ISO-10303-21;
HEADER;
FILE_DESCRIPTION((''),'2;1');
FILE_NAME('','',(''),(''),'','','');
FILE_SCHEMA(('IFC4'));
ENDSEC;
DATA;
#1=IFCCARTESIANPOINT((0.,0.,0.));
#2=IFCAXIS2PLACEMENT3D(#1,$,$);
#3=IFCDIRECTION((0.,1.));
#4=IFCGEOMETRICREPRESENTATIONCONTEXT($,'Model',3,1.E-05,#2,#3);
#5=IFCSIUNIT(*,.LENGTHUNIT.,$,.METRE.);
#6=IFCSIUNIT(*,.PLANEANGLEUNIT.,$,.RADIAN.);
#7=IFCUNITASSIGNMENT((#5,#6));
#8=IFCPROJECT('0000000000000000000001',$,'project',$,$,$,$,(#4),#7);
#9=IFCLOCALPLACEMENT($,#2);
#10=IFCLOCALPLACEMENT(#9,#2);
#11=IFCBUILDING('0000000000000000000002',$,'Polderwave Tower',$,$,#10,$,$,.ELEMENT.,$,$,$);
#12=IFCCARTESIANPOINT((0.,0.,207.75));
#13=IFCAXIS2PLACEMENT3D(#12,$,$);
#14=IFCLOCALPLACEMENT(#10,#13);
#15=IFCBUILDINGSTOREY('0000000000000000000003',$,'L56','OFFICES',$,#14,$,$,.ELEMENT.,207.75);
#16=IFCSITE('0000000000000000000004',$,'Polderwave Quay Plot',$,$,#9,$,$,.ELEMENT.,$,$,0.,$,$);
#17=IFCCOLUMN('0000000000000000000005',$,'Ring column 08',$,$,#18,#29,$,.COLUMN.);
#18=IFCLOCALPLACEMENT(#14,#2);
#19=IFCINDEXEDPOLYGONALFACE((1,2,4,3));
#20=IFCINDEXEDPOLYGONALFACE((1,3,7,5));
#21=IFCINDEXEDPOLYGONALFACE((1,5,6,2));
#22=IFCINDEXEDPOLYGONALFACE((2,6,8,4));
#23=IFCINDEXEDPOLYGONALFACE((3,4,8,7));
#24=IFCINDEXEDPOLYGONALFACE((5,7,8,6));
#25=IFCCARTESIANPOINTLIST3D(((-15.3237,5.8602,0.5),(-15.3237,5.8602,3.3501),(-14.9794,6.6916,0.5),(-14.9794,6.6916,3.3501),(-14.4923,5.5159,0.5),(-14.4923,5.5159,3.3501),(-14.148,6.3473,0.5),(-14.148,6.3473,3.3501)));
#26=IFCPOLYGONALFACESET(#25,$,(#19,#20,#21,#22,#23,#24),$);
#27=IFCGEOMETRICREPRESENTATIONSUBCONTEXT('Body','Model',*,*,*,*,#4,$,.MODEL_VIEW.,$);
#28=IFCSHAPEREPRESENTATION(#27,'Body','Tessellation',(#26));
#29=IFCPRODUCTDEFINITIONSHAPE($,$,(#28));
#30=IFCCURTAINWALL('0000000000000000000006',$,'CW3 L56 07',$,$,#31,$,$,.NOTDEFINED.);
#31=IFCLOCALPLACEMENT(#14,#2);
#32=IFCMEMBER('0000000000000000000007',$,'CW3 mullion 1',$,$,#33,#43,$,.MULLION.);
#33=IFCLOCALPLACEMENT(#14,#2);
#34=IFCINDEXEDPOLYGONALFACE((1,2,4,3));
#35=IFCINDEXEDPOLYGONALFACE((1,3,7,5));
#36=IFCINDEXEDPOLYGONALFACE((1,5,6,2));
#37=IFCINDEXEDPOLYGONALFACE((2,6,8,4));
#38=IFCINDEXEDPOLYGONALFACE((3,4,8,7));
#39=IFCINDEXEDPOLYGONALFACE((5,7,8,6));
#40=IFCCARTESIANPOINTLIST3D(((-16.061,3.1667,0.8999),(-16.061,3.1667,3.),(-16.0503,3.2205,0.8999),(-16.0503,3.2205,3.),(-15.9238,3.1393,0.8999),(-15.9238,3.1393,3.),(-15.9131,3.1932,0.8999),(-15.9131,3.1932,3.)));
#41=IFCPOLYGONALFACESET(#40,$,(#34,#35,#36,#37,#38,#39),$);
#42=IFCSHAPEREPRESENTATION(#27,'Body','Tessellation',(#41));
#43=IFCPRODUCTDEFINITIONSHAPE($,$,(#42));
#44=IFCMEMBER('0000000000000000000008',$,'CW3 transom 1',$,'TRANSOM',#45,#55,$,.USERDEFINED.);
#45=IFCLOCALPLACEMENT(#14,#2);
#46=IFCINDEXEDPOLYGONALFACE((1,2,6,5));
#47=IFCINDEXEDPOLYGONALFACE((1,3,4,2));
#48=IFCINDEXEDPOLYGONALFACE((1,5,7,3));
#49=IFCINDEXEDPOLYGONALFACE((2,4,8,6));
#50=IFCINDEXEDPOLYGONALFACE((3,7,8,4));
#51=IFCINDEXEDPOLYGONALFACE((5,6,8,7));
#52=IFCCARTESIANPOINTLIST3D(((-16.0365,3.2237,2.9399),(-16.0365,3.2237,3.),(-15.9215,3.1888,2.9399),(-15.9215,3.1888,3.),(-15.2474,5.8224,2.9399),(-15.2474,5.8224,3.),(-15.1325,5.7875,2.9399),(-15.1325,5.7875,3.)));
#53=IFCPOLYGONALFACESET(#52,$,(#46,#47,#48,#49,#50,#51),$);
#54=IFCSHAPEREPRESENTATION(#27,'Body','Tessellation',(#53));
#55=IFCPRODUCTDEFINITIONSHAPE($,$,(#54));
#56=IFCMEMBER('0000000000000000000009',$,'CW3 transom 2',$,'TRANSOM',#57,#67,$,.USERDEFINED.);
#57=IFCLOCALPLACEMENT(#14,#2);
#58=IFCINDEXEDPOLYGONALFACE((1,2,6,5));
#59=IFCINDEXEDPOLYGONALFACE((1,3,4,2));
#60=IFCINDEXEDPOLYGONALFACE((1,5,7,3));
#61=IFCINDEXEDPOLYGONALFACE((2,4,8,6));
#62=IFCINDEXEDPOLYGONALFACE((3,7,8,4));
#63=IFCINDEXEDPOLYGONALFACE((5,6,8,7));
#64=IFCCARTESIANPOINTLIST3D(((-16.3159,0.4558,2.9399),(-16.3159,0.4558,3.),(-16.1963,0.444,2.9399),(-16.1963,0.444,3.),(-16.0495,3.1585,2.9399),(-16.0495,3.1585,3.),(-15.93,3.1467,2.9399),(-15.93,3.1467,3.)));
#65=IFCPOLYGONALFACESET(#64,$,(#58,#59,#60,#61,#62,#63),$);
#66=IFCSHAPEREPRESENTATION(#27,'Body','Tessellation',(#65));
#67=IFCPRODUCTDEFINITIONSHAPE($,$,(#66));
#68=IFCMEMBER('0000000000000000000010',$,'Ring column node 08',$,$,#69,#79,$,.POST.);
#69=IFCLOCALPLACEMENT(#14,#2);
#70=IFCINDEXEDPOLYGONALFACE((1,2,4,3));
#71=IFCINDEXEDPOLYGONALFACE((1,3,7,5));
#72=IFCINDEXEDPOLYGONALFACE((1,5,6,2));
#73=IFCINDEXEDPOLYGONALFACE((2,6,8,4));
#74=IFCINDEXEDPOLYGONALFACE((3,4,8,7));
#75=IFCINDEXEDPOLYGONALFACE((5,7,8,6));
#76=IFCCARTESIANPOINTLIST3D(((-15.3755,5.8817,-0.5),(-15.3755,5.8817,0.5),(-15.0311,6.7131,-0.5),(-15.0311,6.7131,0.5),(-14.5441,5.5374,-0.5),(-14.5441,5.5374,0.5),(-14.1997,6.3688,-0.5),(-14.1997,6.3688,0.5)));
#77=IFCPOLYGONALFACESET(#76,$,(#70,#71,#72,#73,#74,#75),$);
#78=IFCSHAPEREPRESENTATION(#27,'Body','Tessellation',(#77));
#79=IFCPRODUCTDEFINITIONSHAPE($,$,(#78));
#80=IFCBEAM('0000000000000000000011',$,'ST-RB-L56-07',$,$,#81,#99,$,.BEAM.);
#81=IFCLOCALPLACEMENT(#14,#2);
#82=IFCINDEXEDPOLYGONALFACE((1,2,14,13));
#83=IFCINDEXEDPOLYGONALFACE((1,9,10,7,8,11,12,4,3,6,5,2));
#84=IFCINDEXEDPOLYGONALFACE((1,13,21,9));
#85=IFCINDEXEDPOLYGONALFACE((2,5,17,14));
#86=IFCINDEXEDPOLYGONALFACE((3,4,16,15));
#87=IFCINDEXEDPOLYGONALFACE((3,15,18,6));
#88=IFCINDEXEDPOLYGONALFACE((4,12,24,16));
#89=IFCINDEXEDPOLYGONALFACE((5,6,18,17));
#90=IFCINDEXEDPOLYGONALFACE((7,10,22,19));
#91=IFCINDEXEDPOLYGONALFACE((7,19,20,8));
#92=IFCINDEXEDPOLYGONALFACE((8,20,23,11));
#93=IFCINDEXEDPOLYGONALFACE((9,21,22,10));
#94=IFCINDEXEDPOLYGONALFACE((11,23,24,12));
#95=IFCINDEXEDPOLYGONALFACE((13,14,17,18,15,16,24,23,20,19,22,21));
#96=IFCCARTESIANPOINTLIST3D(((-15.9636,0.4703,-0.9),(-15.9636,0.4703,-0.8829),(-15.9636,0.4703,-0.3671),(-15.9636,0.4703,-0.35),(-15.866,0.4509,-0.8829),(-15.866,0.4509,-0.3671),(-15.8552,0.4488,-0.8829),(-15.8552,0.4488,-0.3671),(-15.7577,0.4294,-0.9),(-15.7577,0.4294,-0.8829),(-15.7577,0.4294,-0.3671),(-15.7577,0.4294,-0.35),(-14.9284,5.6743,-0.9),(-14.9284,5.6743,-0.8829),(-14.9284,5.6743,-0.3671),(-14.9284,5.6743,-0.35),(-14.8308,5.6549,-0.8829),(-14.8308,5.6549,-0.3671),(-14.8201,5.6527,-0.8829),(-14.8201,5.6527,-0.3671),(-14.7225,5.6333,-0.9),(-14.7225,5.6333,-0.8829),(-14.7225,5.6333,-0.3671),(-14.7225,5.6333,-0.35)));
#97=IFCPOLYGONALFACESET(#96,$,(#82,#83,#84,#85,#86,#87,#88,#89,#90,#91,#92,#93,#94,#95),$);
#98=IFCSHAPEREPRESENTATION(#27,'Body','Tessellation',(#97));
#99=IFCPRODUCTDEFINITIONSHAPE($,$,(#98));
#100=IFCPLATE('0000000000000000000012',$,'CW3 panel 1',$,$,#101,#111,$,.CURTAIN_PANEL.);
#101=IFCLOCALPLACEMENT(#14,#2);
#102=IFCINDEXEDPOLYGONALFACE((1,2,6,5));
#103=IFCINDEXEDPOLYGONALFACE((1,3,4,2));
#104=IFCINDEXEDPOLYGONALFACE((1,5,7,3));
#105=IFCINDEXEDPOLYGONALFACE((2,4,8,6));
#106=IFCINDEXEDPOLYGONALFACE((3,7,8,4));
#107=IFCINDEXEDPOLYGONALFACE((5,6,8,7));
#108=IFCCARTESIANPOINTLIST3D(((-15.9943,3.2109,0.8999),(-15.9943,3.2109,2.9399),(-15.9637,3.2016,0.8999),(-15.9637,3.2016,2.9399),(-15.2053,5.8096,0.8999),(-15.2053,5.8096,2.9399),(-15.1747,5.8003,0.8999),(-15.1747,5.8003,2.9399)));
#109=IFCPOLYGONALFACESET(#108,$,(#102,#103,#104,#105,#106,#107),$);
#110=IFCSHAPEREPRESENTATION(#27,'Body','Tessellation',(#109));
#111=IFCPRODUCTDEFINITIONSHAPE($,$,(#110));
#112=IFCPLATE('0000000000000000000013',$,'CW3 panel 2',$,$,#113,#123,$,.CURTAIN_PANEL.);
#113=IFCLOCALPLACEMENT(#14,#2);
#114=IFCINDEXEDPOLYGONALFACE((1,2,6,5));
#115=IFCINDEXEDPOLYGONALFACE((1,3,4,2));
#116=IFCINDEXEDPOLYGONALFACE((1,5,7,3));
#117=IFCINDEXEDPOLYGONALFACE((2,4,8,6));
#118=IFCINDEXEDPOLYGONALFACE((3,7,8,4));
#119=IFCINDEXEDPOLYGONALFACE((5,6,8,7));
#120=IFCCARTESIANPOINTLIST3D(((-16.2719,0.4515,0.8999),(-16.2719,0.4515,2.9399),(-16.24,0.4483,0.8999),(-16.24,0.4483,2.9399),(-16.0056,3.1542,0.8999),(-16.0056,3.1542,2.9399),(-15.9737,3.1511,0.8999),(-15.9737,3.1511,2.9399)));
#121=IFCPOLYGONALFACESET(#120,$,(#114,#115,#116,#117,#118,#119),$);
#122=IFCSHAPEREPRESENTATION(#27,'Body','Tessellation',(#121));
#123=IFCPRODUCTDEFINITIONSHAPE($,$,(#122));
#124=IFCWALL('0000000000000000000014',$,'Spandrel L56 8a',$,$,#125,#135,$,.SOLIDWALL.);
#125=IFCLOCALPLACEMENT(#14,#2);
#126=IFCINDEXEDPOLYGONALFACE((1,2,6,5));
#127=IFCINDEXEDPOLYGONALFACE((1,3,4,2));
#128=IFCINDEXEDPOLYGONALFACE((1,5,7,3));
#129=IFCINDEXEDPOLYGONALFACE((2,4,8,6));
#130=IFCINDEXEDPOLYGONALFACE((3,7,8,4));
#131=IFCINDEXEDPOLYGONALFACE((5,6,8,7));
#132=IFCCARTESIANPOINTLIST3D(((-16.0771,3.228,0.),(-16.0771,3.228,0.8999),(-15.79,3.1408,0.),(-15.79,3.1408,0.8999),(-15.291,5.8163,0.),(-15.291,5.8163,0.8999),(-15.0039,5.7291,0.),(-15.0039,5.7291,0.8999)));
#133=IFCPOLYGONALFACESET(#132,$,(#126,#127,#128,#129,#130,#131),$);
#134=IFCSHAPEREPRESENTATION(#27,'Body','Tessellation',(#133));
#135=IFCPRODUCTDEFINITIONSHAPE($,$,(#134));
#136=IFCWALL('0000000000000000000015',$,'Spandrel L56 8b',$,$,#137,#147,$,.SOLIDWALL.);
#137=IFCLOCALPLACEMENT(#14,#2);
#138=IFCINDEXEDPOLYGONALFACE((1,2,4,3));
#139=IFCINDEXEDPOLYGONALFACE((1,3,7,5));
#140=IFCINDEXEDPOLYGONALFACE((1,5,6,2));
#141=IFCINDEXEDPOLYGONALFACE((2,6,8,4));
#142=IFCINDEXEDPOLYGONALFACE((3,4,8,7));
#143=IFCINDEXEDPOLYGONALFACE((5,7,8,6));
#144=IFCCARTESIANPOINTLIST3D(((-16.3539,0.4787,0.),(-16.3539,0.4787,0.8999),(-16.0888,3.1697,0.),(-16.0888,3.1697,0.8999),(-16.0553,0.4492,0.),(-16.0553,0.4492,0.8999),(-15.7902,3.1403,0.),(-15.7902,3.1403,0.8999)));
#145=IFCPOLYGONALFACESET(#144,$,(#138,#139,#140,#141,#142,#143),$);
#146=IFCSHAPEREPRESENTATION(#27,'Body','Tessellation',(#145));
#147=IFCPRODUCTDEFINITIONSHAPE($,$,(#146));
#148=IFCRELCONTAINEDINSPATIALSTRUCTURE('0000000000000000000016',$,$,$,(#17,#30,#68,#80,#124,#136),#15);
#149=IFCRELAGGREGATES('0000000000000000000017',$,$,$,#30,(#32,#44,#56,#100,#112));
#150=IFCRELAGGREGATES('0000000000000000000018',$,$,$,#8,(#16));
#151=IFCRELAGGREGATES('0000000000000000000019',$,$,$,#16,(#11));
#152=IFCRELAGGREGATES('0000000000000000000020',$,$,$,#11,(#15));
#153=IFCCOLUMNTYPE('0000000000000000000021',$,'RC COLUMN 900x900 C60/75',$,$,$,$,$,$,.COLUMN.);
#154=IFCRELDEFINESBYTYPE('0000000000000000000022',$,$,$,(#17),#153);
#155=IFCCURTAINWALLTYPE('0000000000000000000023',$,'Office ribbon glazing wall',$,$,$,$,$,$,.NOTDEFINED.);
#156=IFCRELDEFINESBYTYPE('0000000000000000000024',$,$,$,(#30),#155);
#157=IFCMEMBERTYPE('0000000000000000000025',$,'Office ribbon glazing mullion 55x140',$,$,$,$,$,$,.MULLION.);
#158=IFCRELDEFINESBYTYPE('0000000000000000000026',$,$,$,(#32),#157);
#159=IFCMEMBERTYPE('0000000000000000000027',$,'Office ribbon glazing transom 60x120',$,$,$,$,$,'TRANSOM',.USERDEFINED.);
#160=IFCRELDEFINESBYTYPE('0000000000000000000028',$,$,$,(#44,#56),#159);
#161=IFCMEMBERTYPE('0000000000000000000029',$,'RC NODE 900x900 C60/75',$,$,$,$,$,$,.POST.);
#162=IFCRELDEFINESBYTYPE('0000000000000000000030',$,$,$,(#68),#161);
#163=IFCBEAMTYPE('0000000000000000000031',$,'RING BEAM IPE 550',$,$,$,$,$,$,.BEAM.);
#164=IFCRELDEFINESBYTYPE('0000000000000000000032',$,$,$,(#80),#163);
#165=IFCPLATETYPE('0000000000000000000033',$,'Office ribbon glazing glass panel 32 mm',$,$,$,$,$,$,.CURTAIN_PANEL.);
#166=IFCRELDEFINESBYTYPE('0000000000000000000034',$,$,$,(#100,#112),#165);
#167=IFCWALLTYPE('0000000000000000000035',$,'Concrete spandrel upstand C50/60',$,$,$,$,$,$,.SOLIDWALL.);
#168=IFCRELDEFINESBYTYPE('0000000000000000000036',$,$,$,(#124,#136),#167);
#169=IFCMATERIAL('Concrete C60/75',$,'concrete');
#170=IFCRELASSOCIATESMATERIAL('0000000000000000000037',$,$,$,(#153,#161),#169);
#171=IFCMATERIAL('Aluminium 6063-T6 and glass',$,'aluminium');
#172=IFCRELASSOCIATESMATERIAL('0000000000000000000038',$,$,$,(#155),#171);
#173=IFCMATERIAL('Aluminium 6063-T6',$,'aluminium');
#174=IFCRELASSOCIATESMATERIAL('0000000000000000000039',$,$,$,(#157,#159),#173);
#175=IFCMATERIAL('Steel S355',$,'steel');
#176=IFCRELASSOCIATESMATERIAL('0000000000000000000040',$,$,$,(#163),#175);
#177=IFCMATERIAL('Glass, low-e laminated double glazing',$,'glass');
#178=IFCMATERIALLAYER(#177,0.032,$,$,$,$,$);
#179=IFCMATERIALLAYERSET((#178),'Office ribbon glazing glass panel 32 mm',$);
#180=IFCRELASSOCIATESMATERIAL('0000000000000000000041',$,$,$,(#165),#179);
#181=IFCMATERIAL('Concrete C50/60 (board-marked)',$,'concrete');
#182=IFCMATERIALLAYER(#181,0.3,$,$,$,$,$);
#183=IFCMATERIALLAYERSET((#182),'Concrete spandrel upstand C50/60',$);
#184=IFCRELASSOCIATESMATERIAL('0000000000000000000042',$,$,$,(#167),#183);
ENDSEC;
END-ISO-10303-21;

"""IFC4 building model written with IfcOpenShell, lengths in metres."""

from ifc_helpers import new_model, si_unit, direction, frame, frame_2d, origin, origin_2d, place, context, subcontext, project, spatial, rectangle, i_section, extrude, material, layer, layer_set, material_profile, profile_set, type_object, element, aggregate, save


model = new_model("IFC4")

# Units and contexts
model_context = context("Model", 3, precision=1e-05, world=origin(), true_north=direction((0.0, 1.0)))
body_context = subcontext(model_context, "Body", "Model", "MODEL_VIEW")
ifc_project = project(units=[si_unit("LENGTHUNIT", "METRE"), si_unit("PLANEANGLEUNIT", "RADIAN")], contexts=[model_context])

# Site, building, storey
site_placement = place(None, origin())
site = spatial("IfcSite", under=ifc_project, at=site_placement, Name="Polderwave Quay Plot", CompositionType="ELEMENT", RefElevation=0.0)
building_placement = place(site_placement, origin())
building = spatial("IfcBuilding", under=site, at=building_placement, Name="Polderwave Tower", CompositionType="ELEMENT")
storey_placement = place(building_placement, frame((0.0, 0.0, 207.75)))
storey = spatial("IfcBuildingStorey", under=building, at=storey_placement, Name="L56", Description="OFFICES", CompositionType="ELEMENT", Elevation=207.75)

# Column
ifc_material_1 = material(Name="Concrete C60/75", Category="concrete")
ifc_material_profile_1 = material_profile(ifc_material_1, rectangle(XDim=0.8999, YDim=0.8999, at=origin_2d()), Name="RC 900x900")
ifc_profile_set_1 = profile_set([ifc_material_profile_1], Name="Concrete C60/75")
column_type = type_object("IfcColumnType", Name="RC COLUMN 900x900 C60/75", PredefinedType="COLUMN", material=ifc_profile_set_1)
column_placement = place(storey_placement, frame((-14.7358, 6.1038, 0.5), z_axis=(0.0, 0.0, 1.0), x_axis=(-0.92388, 0.382683, 0.0)))
element("IfcColumn", 1, at=column_placement, inside=storey, type_object=column_type, Name="Ring column 08", PredefinedType="COLUMN", context=body_context, shape_type="SweptSolid", body=[
    extrude(rectangle(XDim=0.8999, YDim=0.8999, at=origin_2d()), origin(), (0.0, 0.0, 1.0), 2.8501),
])

# Curtain wall, members
ifc_material_2 = material(Name="Aluminium 6063-T6 and glass", Category="aluminium")
curtain_wall_type = type_object("IfcCurtainWallType", Name="Office ribbon glazing wall", PredefinedType="NOTDEFINED", material=ifc_material_2)
curtain_wall_placement = place(storey_placement, origin())
curtain_wall = element("IfcCurtainWall", 2, at=curtain_wall_placement, inside=storey, type_object=curtain_wall_type, Name="CW3 L56 07", PredefinedType="NOTDEFINED")
ifc_material_3 = material(Name="Aluminium 6063-T6", Category="aluminium")
ifc_material_profile_2 = material_profile(ifc_material_3, rectangle(XDim=0.1399, YDim=0.0549, at=origin_2d()), Name="AL 55x140")
ifc_profile_set_2 = profile_set([ifc_material_profile_2], Name="Aluminium 6063-T6")
member_type_1 = type_object("IfcMemberType", Name="Office ribbon glazing mullion 55x140", PredefinedType="MULLION", material=ifc_profile_set_2)
member_1_placement = place(storey_placement, frame((-15.9871, 3.1799, 0.8999), z_axis=(0.0, 0.0, 1.0), x_axis=(0.980757, -0.195234, 0.0)))
member_1 = element("IfcMember", 3, at=member_1_placement, type_object=member_type_1, Name="CW3 mullion 1", PredefinedType="MULLION", context=body_context, shape_type="SweptSolid", body=[
    extrude(rectangle(XDim=0.1399, YDim=0.0549, at=origin_2d()), origin(), (0.0, 0.0, 1.0), 2.1001),
])
ifc_material_profile_3 = material_profile(ifc_material_3, rectangle(XDim=0.1201, YDim=0.0601, at=origin_2d()), Name="AL 60x120")
ifc_profile_set_3 = profile_set([ifc_material_profile_3], Name="Aluminium 6063-T6")
member_type_2 = type_object("IfcMemberType", Name="Office ribbon glazing transom 60x120", ElementType="TRANSOM", PredefinedType="USERDEFINED", material=ifc_profile_set_3)
member_2_placement = place(storey_placement, frame((-15.1899, 5.8049, 2.97), z_axis=(-0.290546, -0.956861, 0.0), x_axis=(0.956861, -0.290546, 0.0)))
member_2 = element("IfcMember", 4, at=member_2_placement, type_object=member_type_2, Name="CW3 transom 1", ObjectType="TRANSOM", PredefinedType="USERDEFINED", context=body_context, shape_type="SweptSolid", body=[
    extrude(rectangle(XDim=0.1201, YDim=0.0601, at=origin_2d()), origin(), (0.0, 0.0, 1.0), 2.7158),
])
member_3_placement = place(storey_placement, frame((-15.9897, 3.1526, 2.97), z_axis=(-0.098079, -0.995179, 0.0), x_axis=(0.995179, -0.098079, 0.0)))
member_3 = element("IfcMember", 5, at=member_3_placement, type_object=member_type_2, Name="CW3 transom 2", ObjectType="TRANSOM", PredefinedType="USERDEFINED", context=body_context, shape_type="SweptSolid", body=[
    extrude(rectangle(XDim=0.1201, YDim=0.0601, at=origin_2d()), origin(), (0.0, 0.0, 1.0), 2.7158),
])

# Member
ifc_material_profile_4 = material_profile(ifc_material_1, rectangle(XDim=0.8999, YDim=0.8999, at=origin_2d()), Name="RC 900x900")
ifc_profile_set_4 = profile_set([ifc_material_profile_4], Name="Concrete C60/75")
member_type_3 = type_object("IfcMemberType", Name="RC NODE 900x900 C60/75", PredefinedType="POST", material=ifc_profile_set_4)
member_4_placement = place(storey_placement, frame((-14.7876, 6.1252, -0.5), z_axis=(0.0, 0.0, 1.0), x_axis=(-0.92388, 0.382683, 0.0)))
element("IfcMember", 6, at=member_4_placement, inside=storey, type_object=member_type_3, Name="Ring column node 08", PredefinedType="POST", context=body_context, shape_type="SweptSolid", body=[
    extrude(rectangle(XDim=0.8999, YDim=0.8999, at=origin_2d()), origin(), (0.0, 0.0, 1.0), 1.0),
])

# Beam
ifc_material_4 = material(Name="Steel S355", Category="steel")
ifc_material_profile_5 = material_profile(ifc_material_4, i_section(OverallWidth=0.21, OverallDepth=0.55, WebThickness=0.011, FlangeThickness=0.0171, at=origin_2d()), Name="IPE 550")
ifc_profile_set_5 = profile_set([ifc_material_profile_5], Name="Steel S355")
beam_type = type_object("IfcBeamType", Name="RING BEAM IPE 550", PredefinedType="BEAM", material=ifc_profile_set_5)
beam_placement = place(storey_placement, frame((-14.8254, 5.6538, -0.625), z_axis=(-0.195098, -0.980784, 0.0), x_axis=(0.980784, -0.195098, 0.0)))
element("IfcBeam", 7, at=beam_placement, inside=storey, type_object=beam_type, Name="ST-RB-L56-07", PredefinedType="BEAM", context=body_context, shape_type="SweptSolid", body=[
    extrude(i_section(OverallWidth=0.21, OverallDepth=0.55, WebThickness=0.011, FlangeThickness=0.0171, at=origin_2d()), origin(), (0.0, 0.0, 1.0), 5.3059),
])

# Plates
ifc_material_5 = material(Name="Glass, low-e laminated double glazing", Category="glass")
ifc_layer_1 = layer(ifc_material_5, 0.032)
ifc_layer_set_1 = layer_set([ifc_layer_1], Name="Office ribbon glazing glass panel 32 mm")
plate_type = type_object("IfcPlateType", Name="Office ribbon glazing glass panel 32 mm", PredefinedType="CURTAIN_PANEL", material=ifc_layer_set_1)
plate_1_placement = place(storey_placement, frame((-15.5845, 4.5056, 0.8999), z_axis=(0.0, 0.0, 1.0), x_axis=(-0.290524, -0.956868, 0.0)))
plate_1 = element("IfcPlate", 8, at=plate_1_placement, type_object=plate_type, Name="CW3 panel 1", PredefinedType="CURTAIN_PANEL", context=body_context, shape_type="SweptSolid", body=[
    extrude(rectangle(XDim=2.7158, YDim=0.032, at=origin_2d()), origin(), (0.0, 0.0, 1.0), 2.04),
])
plate_2_placement = place(storey_placement, frame((-16.1228, 1.8013, 0.8999), z_axis=(0.0, 0.0, 1.0), x_axis=(-0.098061, -0.99518, 0.0)))
plate_2 = element("IfcPlate", 9, at=plate_2_placement, type_object=plate_type, Name="CW3 panel 2", PredefinedType="CURTAIN_PANEL", context=body_context, shape_type="SweptSolid", body=[
    extrude(rectangle(XDim=2.7158, YDim=0.032, at=origin_2d()), origin(), (0.0, 0.0, 1.0), 2.04),
])
aggregate(curtain_wall, [member_1, member_2, member_3, plate_1, plate_2])

# Walls
ifc_material_6 = material(Name="Concrete C50/60 (board-marked)", Category="concrete")
ifc_layer_2 = layer(ifc_material_6, 0.3)
ifc_layer_set_2 = layer_set([ifc_layer_2], Name="Concrete spandrel upstand C50/60")
wall_type_1 = type_object("IfcWallType", Name="Concrete spandrel upstand C50/60", PredefinedType="SOLIDWALL", material=ifc_layer_set_2)
wall_1_placement = place(storey_placement, frame((-15.1475, 5.7727, 0.0), z_axis=(0.0, 0.0, 1.0), x_axis=(-0.290609, -0.956842, 0.0)))
element("IfcWall", 10, at=wall_1_placement, inside=storey, type_object=wall_type_1, Name="Spandrel L56 8a", PredefinedType="SOLIDWALL", context=body_context, shape_type="SweptSolid", body=[
    extrude(rectangle(XDim=2.7051, YDim=0.3, at=frame_2d((1.3525, 0.0))), origin(), (0.0, 0.0, 1.0), 0.8999),
])
wall_2_placement = place(storey_placement, frame((-15.9395, 3.155, 0.0), z_axis=(0.0, 0.0, 1.0), x_axis=(-0.098047, -0.995182, 0.0)))
element("IfcWall", 11, at=wall_2_placement, inside=storey, type_object=wall_type_1, Name="Spandrel L56 8b", PredefinedType="SOLIDWALL", context=body_context, shape_type="SweptSolid", body=[
    extrude(rectangle(XDim=2.7041, YDim=0.3, at=frame_2d((1.3521, 0.0))), origin(), (0.0, 0.0, 1.0), 0.8999),
])

save(model, "model.ifc")
